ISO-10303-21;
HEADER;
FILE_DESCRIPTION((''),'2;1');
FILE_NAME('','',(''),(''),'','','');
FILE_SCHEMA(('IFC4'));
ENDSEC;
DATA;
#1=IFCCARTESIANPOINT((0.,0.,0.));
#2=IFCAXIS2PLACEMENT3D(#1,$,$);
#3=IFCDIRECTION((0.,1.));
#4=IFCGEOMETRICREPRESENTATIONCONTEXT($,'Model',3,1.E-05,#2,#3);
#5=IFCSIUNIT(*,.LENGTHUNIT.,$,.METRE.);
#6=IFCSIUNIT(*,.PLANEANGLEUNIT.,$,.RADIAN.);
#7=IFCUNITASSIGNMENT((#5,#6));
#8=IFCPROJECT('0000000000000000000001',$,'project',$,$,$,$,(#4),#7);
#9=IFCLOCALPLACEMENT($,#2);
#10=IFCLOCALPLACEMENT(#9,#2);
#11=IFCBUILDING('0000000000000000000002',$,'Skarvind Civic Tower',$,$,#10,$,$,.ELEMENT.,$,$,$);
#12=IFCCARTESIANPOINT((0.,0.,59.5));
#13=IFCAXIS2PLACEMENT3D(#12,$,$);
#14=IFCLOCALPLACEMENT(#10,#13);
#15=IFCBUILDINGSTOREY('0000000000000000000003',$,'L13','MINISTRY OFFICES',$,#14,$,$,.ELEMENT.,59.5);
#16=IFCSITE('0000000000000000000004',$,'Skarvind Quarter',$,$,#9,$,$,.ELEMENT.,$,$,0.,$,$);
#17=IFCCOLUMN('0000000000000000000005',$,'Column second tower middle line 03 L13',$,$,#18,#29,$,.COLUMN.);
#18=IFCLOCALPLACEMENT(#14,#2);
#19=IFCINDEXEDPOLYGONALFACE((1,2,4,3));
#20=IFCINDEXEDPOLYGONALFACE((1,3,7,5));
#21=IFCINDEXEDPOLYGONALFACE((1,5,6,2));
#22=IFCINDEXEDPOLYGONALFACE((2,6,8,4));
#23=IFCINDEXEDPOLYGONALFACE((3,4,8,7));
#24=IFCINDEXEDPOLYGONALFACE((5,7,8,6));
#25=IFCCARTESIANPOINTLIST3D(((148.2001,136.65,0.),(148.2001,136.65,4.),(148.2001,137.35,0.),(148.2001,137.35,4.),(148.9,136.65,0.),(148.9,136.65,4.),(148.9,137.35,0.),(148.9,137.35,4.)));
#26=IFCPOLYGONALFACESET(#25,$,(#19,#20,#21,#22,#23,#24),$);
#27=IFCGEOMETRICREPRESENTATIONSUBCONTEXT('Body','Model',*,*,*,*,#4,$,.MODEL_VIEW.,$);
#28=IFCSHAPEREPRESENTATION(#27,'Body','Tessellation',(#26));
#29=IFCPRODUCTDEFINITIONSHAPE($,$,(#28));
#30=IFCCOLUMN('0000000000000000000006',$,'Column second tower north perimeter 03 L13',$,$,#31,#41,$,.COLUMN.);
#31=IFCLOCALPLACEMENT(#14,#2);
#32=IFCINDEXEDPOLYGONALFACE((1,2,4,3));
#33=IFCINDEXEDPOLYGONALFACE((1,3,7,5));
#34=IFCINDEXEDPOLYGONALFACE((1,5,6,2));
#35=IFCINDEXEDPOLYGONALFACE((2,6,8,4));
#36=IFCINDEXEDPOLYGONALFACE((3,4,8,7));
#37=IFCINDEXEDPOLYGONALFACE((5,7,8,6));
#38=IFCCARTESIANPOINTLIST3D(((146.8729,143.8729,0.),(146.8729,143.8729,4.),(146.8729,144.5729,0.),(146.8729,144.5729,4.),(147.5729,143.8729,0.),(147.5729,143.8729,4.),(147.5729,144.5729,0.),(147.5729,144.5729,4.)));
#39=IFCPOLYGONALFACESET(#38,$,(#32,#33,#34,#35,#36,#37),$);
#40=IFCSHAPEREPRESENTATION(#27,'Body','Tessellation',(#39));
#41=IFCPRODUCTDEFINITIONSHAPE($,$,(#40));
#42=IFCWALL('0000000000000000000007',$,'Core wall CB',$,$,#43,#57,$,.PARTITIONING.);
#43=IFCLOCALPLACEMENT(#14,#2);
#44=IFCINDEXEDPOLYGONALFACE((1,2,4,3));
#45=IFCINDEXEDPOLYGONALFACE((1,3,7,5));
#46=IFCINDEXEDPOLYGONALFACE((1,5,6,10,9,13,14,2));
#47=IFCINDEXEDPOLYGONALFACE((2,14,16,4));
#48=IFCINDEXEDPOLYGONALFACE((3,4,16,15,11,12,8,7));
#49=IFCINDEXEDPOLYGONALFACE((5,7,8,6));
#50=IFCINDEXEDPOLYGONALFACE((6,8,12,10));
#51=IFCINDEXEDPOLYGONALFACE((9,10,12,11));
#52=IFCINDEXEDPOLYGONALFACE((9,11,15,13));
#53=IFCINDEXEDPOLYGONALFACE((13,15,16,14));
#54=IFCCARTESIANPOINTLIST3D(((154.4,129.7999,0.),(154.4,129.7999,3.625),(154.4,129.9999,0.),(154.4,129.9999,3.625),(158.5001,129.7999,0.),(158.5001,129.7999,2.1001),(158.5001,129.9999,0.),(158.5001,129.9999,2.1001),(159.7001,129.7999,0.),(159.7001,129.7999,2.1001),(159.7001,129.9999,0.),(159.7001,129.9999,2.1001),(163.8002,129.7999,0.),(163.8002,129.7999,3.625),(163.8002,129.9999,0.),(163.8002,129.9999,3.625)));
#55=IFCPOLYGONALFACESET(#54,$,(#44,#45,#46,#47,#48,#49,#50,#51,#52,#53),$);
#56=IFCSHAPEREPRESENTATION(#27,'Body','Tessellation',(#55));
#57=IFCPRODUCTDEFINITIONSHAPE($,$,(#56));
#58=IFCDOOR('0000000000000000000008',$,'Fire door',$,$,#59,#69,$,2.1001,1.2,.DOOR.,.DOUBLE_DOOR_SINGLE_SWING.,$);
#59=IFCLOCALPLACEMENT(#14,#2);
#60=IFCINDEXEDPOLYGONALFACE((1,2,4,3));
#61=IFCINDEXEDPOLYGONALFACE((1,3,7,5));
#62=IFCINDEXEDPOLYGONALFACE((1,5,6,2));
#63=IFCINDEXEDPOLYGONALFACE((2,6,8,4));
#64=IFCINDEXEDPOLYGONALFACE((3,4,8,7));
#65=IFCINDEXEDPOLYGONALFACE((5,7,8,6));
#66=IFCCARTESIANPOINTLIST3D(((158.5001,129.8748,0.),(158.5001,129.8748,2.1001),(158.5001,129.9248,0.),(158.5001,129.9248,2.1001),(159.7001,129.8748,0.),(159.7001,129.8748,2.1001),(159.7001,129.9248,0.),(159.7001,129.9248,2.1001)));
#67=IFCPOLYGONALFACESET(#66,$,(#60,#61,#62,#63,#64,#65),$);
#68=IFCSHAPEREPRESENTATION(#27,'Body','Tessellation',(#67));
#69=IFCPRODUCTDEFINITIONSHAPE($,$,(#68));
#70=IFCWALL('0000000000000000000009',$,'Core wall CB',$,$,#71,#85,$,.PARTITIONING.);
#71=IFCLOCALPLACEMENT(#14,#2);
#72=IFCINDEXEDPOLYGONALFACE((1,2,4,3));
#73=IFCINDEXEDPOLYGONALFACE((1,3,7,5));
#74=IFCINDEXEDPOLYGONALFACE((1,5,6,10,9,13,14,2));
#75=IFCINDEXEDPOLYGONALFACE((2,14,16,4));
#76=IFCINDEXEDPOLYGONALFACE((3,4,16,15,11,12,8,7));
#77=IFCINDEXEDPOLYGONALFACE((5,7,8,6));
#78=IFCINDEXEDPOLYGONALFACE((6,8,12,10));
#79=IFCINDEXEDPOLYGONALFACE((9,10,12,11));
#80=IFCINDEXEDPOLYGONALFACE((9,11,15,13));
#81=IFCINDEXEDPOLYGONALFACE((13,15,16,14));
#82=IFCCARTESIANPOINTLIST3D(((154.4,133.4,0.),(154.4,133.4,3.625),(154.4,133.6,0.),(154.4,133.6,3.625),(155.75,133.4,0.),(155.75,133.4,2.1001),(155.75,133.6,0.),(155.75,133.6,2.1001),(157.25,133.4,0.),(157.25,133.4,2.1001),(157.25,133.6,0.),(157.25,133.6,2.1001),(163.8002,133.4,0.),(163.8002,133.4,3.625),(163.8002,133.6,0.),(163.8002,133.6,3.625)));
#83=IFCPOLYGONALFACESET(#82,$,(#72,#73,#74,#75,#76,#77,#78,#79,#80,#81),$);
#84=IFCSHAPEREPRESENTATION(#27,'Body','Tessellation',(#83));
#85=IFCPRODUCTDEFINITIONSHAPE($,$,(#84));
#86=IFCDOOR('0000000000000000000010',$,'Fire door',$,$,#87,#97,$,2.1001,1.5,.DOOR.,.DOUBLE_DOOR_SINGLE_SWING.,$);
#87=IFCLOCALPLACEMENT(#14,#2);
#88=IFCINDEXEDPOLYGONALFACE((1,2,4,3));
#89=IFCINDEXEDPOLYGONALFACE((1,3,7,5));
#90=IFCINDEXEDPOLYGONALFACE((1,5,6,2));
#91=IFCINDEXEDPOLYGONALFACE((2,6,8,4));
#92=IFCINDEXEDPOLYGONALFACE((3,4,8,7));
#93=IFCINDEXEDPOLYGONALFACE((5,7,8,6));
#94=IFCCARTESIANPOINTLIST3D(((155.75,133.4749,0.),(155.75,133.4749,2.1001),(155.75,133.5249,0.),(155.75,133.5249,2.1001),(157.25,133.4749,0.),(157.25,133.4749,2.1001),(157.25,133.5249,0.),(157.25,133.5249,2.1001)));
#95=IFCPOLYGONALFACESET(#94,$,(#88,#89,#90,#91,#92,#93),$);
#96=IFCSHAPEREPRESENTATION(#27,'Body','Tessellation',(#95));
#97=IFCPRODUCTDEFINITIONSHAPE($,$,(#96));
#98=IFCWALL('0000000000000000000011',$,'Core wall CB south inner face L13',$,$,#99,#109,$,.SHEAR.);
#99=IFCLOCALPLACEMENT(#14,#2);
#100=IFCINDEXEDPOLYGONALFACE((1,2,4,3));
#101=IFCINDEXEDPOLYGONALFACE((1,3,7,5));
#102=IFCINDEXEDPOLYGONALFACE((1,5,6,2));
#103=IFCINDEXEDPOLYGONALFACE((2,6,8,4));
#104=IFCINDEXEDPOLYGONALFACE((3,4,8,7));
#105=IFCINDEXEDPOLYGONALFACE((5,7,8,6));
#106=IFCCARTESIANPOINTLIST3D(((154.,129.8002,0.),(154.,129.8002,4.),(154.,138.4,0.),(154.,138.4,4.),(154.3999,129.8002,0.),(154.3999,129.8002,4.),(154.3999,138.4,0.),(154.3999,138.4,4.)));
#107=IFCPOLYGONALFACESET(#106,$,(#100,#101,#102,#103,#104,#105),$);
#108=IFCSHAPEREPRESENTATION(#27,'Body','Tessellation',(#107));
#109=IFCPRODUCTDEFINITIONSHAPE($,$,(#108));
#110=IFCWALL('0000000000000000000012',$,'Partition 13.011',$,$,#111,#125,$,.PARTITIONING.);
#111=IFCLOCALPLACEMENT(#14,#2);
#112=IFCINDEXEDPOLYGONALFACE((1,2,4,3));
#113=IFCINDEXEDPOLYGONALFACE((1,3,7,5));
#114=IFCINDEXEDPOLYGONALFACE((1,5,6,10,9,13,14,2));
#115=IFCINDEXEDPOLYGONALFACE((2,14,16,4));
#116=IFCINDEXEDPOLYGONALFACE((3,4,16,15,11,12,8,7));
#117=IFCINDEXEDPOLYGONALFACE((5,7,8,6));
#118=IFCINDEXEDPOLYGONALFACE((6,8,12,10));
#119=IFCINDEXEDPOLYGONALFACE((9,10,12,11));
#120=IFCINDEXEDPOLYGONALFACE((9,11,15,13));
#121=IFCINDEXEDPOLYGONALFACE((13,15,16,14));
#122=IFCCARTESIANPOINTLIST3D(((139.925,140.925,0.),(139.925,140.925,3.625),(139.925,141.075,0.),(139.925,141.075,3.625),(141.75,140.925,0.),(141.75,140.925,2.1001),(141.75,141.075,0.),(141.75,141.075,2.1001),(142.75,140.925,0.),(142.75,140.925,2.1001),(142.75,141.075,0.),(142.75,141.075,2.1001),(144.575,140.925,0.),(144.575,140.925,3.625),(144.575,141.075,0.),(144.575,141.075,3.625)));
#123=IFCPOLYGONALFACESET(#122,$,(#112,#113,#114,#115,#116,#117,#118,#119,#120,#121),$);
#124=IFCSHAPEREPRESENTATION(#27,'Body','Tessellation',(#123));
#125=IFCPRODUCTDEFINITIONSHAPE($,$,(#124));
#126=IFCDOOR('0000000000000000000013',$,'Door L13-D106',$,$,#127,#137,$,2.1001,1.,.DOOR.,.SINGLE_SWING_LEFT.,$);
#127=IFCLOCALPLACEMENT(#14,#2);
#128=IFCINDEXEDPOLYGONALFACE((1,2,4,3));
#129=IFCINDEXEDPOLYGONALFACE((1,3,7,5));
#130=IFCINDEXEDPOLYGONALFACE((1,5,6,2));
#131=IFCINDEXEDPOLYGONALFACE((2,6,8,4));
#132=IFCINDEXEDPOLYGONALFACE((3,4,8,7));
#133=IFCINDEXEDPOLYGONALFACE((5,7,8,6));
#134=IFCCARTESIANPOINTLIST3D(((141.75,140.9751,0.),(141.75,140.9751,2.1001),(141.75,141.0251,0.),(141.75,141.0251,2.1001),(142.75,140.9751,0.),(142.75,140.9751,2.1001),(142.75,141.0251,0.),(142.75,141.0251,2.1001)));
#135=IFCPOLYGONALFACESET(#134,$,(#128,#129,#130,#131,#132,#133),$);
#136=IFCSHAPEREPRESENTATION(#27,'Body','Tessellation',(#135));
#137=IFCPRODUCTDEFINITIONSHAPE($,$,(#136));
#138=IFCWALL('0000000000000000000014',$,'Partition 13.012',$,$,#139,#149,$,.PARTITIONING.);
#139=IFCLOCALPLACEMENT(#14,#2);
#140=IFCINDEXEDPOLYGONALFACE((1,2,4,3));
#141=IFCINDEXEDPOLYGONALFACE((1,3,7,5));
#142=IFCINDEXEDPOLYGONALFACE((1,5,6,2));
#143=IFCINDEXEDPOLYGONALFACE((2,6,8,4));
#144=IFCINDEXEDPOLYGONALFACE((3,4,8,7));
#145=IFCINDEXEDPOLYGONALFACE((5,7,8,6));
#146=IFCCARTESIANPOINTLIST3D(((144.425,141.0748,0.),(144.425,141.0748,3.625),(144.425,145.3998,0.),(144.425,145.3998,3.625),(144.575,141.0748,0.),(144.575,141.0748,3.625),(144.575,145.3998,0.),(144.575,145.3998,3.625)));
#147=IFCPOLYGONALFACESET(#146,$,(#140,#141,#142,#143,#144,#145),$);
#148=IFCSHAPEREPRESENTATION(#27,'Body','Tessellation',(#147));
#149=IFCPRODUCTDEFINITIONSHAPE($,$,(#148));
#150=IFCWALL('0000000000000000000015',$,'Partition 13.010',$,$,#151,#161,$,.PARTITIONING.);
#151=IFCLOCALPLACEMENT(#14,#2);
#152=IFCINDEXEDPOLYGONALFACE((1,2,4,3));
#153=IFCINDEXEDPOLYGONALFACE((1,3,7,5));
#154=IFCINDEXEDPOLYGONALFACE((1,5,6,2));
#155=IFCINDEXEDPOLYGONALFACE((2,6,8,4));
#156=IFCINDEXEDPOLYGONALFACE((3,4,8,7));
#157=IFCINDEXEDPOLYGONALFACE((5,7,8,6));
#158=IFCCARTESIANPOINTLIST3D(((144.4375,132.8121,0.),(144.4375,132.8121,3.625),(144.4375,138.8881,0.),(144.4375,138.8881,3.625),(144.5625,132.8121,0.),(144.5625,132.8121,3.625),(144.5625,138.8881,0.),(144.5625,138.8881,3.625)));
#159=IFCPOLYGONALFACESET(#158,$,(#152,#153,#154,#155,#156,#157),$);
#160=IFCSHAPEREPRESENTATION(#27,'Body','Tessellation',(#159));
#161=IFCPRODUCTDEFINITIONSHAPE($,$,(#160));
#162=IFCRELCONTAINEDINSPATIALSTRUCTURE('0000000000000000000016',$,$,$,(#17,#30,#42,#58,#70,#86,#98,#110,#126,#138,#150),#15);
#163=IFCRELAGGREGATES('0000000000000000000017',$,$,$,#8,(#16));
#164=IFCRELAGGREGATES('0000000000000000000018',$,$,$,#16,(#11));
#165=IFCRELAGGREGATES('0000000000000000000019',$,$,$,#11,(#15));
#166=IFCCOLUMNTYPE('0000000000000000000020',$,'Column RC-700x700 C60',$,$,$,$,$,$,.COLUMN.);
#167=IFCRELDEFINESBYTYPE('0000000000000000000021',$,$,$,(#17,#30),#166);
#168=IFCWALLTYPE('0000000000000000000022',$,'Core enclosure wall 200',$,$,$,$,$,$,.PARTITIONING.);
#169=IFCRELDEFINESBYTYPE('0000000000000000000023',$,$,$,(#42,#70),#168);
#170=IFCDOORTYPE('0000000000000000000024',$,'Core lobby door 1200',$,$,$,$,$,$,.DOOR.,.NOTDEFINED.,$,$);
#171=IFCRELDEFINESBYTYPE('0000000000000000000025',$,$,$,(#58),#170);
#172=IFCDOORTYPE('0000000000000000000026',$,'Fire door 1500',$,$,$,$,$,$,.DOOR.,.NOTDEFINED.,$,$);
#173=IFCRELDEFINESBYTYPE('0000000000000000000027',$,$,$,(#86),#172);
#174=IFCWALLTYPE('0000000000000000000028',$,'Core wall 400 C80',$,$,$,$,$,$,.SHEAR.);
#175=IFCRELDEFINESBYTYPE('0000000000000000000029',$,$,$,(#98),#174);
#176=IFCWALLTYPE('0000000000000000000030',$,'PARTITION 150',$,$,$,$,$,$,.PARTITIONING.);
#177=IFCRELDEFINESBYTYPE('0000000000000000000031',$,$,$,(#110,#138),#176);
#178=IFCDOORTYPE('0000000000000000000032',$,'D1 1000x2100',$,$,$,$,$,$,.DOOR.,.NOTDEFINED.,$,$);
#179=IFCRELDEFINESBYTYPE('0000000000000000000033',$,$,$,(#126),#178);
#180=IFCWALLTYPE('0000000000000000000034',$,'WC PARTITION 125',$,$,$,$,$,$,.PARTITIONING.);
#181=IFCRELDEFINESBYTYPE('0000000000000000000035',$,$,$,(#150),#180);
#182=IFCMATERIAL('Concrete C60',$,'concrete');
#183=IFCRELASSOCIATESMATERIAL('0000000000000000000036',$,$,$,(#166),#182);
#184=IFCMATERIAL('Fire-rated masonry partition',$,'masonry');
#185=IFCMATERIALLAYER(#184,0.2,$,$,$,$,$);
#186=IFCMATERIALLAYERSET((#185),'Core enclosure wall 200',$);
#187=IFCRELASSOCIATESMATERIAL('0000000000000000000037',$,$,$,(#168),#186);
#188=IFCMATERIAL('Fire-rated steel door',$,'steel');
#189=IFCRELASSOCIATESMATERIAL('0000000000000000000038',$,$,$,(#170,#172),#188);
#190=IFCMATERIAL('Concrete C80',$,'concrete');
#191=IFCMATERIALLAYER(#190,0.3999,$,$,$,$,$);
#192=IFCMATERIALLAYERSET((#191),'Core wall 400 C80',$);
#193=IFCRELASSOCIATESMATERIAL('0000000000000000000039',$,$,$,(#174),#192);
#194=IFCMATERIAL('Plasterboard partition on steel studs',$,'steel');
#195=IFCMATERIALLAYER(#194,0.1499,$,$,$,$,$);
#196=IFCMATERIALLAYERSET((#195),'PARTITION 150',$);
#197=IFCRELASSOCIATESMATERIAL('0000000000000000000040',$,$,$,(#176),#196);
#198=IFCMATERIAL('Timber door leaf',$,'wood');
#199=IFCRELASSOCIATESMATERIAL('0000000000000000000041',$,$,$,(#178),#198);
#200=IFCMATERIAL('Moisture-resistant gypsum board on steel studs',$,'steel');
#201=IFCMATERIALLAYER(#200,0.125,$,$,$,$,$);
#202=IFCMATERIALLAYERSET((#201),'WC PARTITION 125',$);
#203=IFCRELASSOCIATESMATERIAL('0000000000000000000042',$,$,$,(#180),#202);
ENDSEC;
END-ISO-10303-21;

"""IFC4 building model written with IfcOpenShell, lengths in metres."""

from ifc_helpers import new_model, si_unit, direction, frame, frame_2d, origin, origin_2d, place, context, subcontext, project, spatial, rectangle, extrude, material, layer, layer_set, material_profile, profile_set, type_object, element, fill, save


model = new_model("IFC4")

# Units and contexts
model_context = context("Model", 3, precision=1e-05, world=origin(), true_north=direction((0.0, 1.0)))
body_context = subcontext(model_context, "Body", "Model", "MODEL_VIEW")
ifc_project = project(units=[si_unit("LENGTHUNIT", "METRE"), si_unit("PLANEANGLEUNIT", "RADIAN")], contexts=[model_context])

# Site, building, storey
site_placement = place(None, origin())
site = spatial("IfcSite", under=ifc_project, at=site_placement, Name="Skarvind Quarter", CompositionType="ELEMENT", RefElevation=0.0)
building_placement = place(site_placement, origin())
building = spatial("IfcBuilding", under=site, at=building_placement, Name="Skarvind Civic Tower", CompositionType="ELEMENT")
storey_placement = place(building_placement, frame((0.0, 0.0, 59.5)))
storey = spatial("IfcBuildingStorey", under=building, at=storey_placement, Name="L13", Description="MINISTRY OFFICES", CompositionType="ELEMENT", Elevation=59.5)

# Columns
ifc_material_1 = material(Name="Concrete C60", Category="concrete")
ifc_material_profile = material_profile(ifc_material_1, rectangle(XDim=0.7, YDim=0.7, at=origin_2d()), Name="RC-700x700")
ifc_profile_set = profile_set([ifc_material_profile], Name="Concrete C60")
column_type = type_object("IfcColumnType", Name="Column RC-700x700 C60", PredefinedType="COLUMN", material=ifc_profile_set)
for number, where, z_axis, x_axis, name in (
    (1, (148.55, 137.0, 0.0), (0.0, 0.0, 1.0), (1.0, 0.0, 0.0), "Column second tower middle line 03 L13"),
    (2, (147.2229, 144.2229, 0.0), (0.0, 0.0, 1.0), (1.0, 0.0, 0.0), "Column second tower north perimeter 03 L13"),
):
    element("IfcColumn", number, at=place(storey_placement, frame(where, z_axis=z_axis, x_axis=x_axis)), inside=storey, type_object=column_type, Name=name, PredefinedType="COLUMN", context=body_context, shape_type="SweptSolid", body=[
        extrude(rectangle(XDim=0.7, YDim=0.7, at=origin_2d()), origin(), (0.0, 0.0, 1.0), 4.0),
    ])

# Walls, openings, doors
ifc_material_2 = material(Name="Fire-rated masonry partition", Category="masonry")
ifc_layer_1 = layer(ifc_material_2, 0.2)
ifc_layer_set_1 = layer_set([ifc_layer_1], Name="Core enclosure wall 200")
wall_type_1 = type_object("IfcWallType", Name="Core enclosure wall 200", PredefinedType="PARTITIONING", material=ifc_layer_set_1)
wall_1_placement = place(storey_placement, frame((154.3999, 129.8999, 0.0), z_axis=(0.0, 0.0, 1.0), x_axis=(1.0, 0.0, 0.0)))
wall_1 = element("IfcWall", 3, at=wall_1_placement, inside=storey, type_object=wall_type_1, Name="Core wall CB", PredefinedType="PARTITIONING", context=body_context, shape_type="SweptSolid", body=[
    extrude(rectangle(XDim=9.4001, YDim=0.2, at=frame_2d((4.7002, 0.0))), origin(), (0.0, 0.0, 1.0), 3.625),
])
opening_1_placement = place(wall_1_placement, frame((4.1001, 0.0, 0.0)))
opening_1 = element("IfcOpeningElement", 4, at=opening_1_placement, cuts=wall_1, PredefinedType="OPENING", context=body_context, shape_type="SweptSolid", body=[
    extrude(rectangle(XDim=1.2, YDim=2.1001, at=frame_2d((0.6001, 1.05))), frame((0.0, 0.1099, 0.0), z_axis=(0.0, -1.0, 0.0), x_axis=(1.0, 0.0, 0.0)), (0.0, 0.0, 1.0), 0.22),
])
ifc_material_3 = material(Name="Fire-rated steel door", Category="steel")
door_type_1 = type_object("IfcDoorType", Name="Core lobby door 1200", OperationType="NOTDEFINED", PredefinedType="DOOR", material=ifc_material_3)
door_1_placement = place(opening_1_placement, origin())
door_1 = element("IfcDoor", 5, at=door_1_placement, inside=storey, type_object=door_type_1, Name="Fire door", OperationType="DOUBLE_DOOR_SINGLE_SWING", OverallHeight=2.1001, OverallWidth=1.2, PredefinedType="DOOR", context=body_context, shape_type="SweptSolid", body=[
    extrude(rectangle(XDim=1.2, YDim=2.1001, at=frame_2d((0.6001, 1.05))), frame((0.0, 0.0249, 0.0), z_axis=(0.0, -1.0, 0.0), x_axis=(1.0, 0.0, 0.0)), (0.0, 0.0, 1.0), 0.05),
])
fill(opening_1, door_1)
wall_2_placement = place(storey_placement, frame((154.3999, 133.5, 0.0), z_axis=(0.0, 0.0, 1.0), x_axis=(1.0, 0.0, 0.0)))
wall_2 = element("IfcWall", 6, at=wall_2_placement, inside=storey, type_object=wall_type_1, Name="Core wall CB", PredefinedType="PARTITIONING", context=body_context, shape_type="SweptSolid", body=[
    extrude(rectangle(XDim=9.4001, YDim=0.2, at=frame_2d((4.7002, 0.0))), origin(), (0.0, 0.0, 1.0), 3.625),
])
opening_2_placement = place(wall_2_placement, frame((1.3501, 0.0, 0.0)))
opening_2 = element("IfcOpeningElement", 7, at=opening_2_placement, cuts=wall_2, PredefinedType="OPENING", context=body_context, shape_type="SweptSolid", body=[
    extrude(rectangle(XDim=1.5, YDim=2.1001, at=frame_2d((0.75, 1.05))), frame((0.0, 0.1099, 0.0), z_axis=(0.0, -1.0, 0.0), x_axis=(1.0, 0.0, 0.0)), (0.0, 0.0, 1.0), 0.22),
])
door_type_2 = type_object("IfcDoorType", Name="Fire door 1500", OperationType="NOTDEFINED", PredefinedType="DOOR", material=ifc_material_3)
door_2_placement = place(opening_2_placement, origin())
door_2 = element("IfcDoor", 8, at=door_2_placement, inside=storey, type_object=door_type_2, Name="Fire door", OperationType="DOUBLE_DOOR_SINGLE_SWING", OverallHeight=2.1001, OverallWidth=1.5, PredefinedType="DOOR", context=body_context, shape_type="SweptSolid", body=[
    extrude(rectangle(XDim=1.5, YDim=2.1001, at=frame_2d((0.75, 1.05))), frame((0.0, 0.0249, 0.0), z_axis=(0.0, -1.0, 0.0), x_axis=(1.0, 0.0, 0.0)), (0.0, 0.0, 1.0), 0.05),
])
fill(opening_2, door_2)

# Wall
ifc_material_4 = material(Name="Concrete C80", Category="concrete")
ifc_layer_2 = layer(ifc_material_4, 0.3999)
ifc_layer_set_2 = layer_set([ifc_layer_2], Name="Core wall 400 C80")
wall_type_2 = type_object("IfcWallType", Name="Core wall 400 C80", PredefinedType="SHEAR", material=ifc_layer_set_2)
wall_3_placement = place(storey_placement, frame((154.2, 138.3999, 0.0), z_axis=(0.0, 0.0, 1.0), x_axis=(0.0, -1.0, 0.0)))
element("IfcWall", 9, at=wall_3_placement, inside=storey, type_object=wall_type_2, Name="Core wall CB south inner face L13", PredefinedType="SHEAR", context=body_context, shape_type="SweptSolid", body=[
    extrude(rectangle(XDim=8.5999, YDim=0.3999, at=frame_2d((4.2998, 0.0))), origin(), (0.0, 0.0, 1.0), 4.0),
])

# Wall, opening, door
ifc_material_5 = material(Name="Plasterboard partition on steel studs", Category="steel")
ifc_layer_3 = layer(ifc_material_5, 0.1499)
ifc_layer_set_3 = layer_set([ifc_layer_3], Name="PARTITION 150")
wall_type_3 = type_object("IfcWallType", Name="PARTITION 150", PredefinedType="PARTITIONING", material=ifc_layer_set_3)
wall_4_placement = place(storey_placement, frame((144.575, 141.0, 0.0), z_axis=(0.0, 0.0, 1.0), x_axis=(-1.0, 0.0, 0.0)))
wall_4 = element("IfcWall", 10, at=wall_4_placement, inside=storey, type_object=wall_type_3, Name="Partition 13.011", PredefinedType="PARTITIONING", context=body_context, shape_type="SweptSolid", body=[
    extrude(rectangle(XDim=4.6499, YDim=0.1499, at=frame_2d((2.325, 0.0))), origin(), (0.0, 0.0, 1.0), 3.625),
])
opening_3_placement = place(wall_4_placement, frame((1.825, 0.0, 0.0)))
opening_3 = element("IfcOpeningElement", 11, at=opening_3_placement, cuts=wall_4, PredefinedType="OPENING", context=body_context, shape_type="SweptSolid", body=[
    extrude(rectangle(XDim=1.0, YDim=2.1001, at=frame_2d((0.5, 1.05))), frame((0.0, 0.085, 0.0), z_axis=(0.0, -1.0, 0.0), x_axis=(1.0, 0.0, 0.0)), (0.0, 0.0, 1.0), 0.1699),
])
ifc_material_6 = material(Name="Timber door leaf", Category="wood")
door_type_3 = type_object("IfcDoorType", Name="D1 1000x2100", OperationType="NOTDEFINED", PredefinedType="DOOR", material=ifc_material_6)
door_3_placement = place(opening_3_placement, origin())
door_3 = element("IfcDoor", 12, at=door_3_placement, inside=storey, type_object=door_type_3, Name="Door L13-D106", OperationType="SINGLE_SWING_LEFT", OverallHeight=2.1001, OverallWidth=1.0, PredefinedType="DOOR", context=body_context, shape_type="SweptSolid", body=[
    extrude(rectangle(XDim=1.0, YDim=2.1001, at=frame_2d((0.5, 1.05))), frame((0.0, 0.0249, 0.0), z_axis=(0.0, -1.0, 0.0), x_axis=(1.0, 0.0, 0.0)), (0.0, 0.0, 1.0), 0.05),
])
fill(opening_3, door_3)

# Walls
wall_5_placement = place(storey_placement, frame((144.5, 145.3999, 0.0), z_axis=(0.0, 0.0, 1.0), x_axis=(0.0, -1.0, 0.0)))
element("IfcWall", 13, at=wall_5_placement, inside=storey, type_object=wall_type_3, Name="Partition 13.012", PredefinedType="PARTITIONING", context=body_context, shape_type="SweptSolid", body=[
    extrude(rectangle(XDim=4.325, YDim=0.1499, at=frame_2d((2.1626, 0.0))), origin(), (0.0, 0.0, 1.0), 3.625),
])
ifc_material_7 = material(Name="Moisture-resistant gypsum board on steel studs", Category="steel")
ifc_layer_4 = layer(ifc_material_7, 0.125)
ifc_layer_set_4 = layer_set([ifc_layer_4], Name="WC PARTITION 125")
wall_type_4 = type_object("IfcWallType", Name="WC PARTITION 125", PredefinedType="PARTITIONING", material=ifc_layer_set_4)
wall_6_placement = place(storey_placement, frame((144.5, 132.812, 0.0), z_axis=(0.0, 0.0, 1.0), x_axis=(0.0, 1.0, 0.0)))
element("IfcWall", 14, at=wall_6_placement, inside=storey, type_object=wall_type_4, Name="Partition 13.010", PredefinedType="PARTITIONING", context=body_context, shape_type="SweptSolid", body=[
    extrude(rectangle(XDim=6.0759, YDim=0.125, at=frame_2d((3.0381, 0.0))), origin(), (0.0, 0.0, 1.0), 3.625),
])

save(model, "model.ifc")
